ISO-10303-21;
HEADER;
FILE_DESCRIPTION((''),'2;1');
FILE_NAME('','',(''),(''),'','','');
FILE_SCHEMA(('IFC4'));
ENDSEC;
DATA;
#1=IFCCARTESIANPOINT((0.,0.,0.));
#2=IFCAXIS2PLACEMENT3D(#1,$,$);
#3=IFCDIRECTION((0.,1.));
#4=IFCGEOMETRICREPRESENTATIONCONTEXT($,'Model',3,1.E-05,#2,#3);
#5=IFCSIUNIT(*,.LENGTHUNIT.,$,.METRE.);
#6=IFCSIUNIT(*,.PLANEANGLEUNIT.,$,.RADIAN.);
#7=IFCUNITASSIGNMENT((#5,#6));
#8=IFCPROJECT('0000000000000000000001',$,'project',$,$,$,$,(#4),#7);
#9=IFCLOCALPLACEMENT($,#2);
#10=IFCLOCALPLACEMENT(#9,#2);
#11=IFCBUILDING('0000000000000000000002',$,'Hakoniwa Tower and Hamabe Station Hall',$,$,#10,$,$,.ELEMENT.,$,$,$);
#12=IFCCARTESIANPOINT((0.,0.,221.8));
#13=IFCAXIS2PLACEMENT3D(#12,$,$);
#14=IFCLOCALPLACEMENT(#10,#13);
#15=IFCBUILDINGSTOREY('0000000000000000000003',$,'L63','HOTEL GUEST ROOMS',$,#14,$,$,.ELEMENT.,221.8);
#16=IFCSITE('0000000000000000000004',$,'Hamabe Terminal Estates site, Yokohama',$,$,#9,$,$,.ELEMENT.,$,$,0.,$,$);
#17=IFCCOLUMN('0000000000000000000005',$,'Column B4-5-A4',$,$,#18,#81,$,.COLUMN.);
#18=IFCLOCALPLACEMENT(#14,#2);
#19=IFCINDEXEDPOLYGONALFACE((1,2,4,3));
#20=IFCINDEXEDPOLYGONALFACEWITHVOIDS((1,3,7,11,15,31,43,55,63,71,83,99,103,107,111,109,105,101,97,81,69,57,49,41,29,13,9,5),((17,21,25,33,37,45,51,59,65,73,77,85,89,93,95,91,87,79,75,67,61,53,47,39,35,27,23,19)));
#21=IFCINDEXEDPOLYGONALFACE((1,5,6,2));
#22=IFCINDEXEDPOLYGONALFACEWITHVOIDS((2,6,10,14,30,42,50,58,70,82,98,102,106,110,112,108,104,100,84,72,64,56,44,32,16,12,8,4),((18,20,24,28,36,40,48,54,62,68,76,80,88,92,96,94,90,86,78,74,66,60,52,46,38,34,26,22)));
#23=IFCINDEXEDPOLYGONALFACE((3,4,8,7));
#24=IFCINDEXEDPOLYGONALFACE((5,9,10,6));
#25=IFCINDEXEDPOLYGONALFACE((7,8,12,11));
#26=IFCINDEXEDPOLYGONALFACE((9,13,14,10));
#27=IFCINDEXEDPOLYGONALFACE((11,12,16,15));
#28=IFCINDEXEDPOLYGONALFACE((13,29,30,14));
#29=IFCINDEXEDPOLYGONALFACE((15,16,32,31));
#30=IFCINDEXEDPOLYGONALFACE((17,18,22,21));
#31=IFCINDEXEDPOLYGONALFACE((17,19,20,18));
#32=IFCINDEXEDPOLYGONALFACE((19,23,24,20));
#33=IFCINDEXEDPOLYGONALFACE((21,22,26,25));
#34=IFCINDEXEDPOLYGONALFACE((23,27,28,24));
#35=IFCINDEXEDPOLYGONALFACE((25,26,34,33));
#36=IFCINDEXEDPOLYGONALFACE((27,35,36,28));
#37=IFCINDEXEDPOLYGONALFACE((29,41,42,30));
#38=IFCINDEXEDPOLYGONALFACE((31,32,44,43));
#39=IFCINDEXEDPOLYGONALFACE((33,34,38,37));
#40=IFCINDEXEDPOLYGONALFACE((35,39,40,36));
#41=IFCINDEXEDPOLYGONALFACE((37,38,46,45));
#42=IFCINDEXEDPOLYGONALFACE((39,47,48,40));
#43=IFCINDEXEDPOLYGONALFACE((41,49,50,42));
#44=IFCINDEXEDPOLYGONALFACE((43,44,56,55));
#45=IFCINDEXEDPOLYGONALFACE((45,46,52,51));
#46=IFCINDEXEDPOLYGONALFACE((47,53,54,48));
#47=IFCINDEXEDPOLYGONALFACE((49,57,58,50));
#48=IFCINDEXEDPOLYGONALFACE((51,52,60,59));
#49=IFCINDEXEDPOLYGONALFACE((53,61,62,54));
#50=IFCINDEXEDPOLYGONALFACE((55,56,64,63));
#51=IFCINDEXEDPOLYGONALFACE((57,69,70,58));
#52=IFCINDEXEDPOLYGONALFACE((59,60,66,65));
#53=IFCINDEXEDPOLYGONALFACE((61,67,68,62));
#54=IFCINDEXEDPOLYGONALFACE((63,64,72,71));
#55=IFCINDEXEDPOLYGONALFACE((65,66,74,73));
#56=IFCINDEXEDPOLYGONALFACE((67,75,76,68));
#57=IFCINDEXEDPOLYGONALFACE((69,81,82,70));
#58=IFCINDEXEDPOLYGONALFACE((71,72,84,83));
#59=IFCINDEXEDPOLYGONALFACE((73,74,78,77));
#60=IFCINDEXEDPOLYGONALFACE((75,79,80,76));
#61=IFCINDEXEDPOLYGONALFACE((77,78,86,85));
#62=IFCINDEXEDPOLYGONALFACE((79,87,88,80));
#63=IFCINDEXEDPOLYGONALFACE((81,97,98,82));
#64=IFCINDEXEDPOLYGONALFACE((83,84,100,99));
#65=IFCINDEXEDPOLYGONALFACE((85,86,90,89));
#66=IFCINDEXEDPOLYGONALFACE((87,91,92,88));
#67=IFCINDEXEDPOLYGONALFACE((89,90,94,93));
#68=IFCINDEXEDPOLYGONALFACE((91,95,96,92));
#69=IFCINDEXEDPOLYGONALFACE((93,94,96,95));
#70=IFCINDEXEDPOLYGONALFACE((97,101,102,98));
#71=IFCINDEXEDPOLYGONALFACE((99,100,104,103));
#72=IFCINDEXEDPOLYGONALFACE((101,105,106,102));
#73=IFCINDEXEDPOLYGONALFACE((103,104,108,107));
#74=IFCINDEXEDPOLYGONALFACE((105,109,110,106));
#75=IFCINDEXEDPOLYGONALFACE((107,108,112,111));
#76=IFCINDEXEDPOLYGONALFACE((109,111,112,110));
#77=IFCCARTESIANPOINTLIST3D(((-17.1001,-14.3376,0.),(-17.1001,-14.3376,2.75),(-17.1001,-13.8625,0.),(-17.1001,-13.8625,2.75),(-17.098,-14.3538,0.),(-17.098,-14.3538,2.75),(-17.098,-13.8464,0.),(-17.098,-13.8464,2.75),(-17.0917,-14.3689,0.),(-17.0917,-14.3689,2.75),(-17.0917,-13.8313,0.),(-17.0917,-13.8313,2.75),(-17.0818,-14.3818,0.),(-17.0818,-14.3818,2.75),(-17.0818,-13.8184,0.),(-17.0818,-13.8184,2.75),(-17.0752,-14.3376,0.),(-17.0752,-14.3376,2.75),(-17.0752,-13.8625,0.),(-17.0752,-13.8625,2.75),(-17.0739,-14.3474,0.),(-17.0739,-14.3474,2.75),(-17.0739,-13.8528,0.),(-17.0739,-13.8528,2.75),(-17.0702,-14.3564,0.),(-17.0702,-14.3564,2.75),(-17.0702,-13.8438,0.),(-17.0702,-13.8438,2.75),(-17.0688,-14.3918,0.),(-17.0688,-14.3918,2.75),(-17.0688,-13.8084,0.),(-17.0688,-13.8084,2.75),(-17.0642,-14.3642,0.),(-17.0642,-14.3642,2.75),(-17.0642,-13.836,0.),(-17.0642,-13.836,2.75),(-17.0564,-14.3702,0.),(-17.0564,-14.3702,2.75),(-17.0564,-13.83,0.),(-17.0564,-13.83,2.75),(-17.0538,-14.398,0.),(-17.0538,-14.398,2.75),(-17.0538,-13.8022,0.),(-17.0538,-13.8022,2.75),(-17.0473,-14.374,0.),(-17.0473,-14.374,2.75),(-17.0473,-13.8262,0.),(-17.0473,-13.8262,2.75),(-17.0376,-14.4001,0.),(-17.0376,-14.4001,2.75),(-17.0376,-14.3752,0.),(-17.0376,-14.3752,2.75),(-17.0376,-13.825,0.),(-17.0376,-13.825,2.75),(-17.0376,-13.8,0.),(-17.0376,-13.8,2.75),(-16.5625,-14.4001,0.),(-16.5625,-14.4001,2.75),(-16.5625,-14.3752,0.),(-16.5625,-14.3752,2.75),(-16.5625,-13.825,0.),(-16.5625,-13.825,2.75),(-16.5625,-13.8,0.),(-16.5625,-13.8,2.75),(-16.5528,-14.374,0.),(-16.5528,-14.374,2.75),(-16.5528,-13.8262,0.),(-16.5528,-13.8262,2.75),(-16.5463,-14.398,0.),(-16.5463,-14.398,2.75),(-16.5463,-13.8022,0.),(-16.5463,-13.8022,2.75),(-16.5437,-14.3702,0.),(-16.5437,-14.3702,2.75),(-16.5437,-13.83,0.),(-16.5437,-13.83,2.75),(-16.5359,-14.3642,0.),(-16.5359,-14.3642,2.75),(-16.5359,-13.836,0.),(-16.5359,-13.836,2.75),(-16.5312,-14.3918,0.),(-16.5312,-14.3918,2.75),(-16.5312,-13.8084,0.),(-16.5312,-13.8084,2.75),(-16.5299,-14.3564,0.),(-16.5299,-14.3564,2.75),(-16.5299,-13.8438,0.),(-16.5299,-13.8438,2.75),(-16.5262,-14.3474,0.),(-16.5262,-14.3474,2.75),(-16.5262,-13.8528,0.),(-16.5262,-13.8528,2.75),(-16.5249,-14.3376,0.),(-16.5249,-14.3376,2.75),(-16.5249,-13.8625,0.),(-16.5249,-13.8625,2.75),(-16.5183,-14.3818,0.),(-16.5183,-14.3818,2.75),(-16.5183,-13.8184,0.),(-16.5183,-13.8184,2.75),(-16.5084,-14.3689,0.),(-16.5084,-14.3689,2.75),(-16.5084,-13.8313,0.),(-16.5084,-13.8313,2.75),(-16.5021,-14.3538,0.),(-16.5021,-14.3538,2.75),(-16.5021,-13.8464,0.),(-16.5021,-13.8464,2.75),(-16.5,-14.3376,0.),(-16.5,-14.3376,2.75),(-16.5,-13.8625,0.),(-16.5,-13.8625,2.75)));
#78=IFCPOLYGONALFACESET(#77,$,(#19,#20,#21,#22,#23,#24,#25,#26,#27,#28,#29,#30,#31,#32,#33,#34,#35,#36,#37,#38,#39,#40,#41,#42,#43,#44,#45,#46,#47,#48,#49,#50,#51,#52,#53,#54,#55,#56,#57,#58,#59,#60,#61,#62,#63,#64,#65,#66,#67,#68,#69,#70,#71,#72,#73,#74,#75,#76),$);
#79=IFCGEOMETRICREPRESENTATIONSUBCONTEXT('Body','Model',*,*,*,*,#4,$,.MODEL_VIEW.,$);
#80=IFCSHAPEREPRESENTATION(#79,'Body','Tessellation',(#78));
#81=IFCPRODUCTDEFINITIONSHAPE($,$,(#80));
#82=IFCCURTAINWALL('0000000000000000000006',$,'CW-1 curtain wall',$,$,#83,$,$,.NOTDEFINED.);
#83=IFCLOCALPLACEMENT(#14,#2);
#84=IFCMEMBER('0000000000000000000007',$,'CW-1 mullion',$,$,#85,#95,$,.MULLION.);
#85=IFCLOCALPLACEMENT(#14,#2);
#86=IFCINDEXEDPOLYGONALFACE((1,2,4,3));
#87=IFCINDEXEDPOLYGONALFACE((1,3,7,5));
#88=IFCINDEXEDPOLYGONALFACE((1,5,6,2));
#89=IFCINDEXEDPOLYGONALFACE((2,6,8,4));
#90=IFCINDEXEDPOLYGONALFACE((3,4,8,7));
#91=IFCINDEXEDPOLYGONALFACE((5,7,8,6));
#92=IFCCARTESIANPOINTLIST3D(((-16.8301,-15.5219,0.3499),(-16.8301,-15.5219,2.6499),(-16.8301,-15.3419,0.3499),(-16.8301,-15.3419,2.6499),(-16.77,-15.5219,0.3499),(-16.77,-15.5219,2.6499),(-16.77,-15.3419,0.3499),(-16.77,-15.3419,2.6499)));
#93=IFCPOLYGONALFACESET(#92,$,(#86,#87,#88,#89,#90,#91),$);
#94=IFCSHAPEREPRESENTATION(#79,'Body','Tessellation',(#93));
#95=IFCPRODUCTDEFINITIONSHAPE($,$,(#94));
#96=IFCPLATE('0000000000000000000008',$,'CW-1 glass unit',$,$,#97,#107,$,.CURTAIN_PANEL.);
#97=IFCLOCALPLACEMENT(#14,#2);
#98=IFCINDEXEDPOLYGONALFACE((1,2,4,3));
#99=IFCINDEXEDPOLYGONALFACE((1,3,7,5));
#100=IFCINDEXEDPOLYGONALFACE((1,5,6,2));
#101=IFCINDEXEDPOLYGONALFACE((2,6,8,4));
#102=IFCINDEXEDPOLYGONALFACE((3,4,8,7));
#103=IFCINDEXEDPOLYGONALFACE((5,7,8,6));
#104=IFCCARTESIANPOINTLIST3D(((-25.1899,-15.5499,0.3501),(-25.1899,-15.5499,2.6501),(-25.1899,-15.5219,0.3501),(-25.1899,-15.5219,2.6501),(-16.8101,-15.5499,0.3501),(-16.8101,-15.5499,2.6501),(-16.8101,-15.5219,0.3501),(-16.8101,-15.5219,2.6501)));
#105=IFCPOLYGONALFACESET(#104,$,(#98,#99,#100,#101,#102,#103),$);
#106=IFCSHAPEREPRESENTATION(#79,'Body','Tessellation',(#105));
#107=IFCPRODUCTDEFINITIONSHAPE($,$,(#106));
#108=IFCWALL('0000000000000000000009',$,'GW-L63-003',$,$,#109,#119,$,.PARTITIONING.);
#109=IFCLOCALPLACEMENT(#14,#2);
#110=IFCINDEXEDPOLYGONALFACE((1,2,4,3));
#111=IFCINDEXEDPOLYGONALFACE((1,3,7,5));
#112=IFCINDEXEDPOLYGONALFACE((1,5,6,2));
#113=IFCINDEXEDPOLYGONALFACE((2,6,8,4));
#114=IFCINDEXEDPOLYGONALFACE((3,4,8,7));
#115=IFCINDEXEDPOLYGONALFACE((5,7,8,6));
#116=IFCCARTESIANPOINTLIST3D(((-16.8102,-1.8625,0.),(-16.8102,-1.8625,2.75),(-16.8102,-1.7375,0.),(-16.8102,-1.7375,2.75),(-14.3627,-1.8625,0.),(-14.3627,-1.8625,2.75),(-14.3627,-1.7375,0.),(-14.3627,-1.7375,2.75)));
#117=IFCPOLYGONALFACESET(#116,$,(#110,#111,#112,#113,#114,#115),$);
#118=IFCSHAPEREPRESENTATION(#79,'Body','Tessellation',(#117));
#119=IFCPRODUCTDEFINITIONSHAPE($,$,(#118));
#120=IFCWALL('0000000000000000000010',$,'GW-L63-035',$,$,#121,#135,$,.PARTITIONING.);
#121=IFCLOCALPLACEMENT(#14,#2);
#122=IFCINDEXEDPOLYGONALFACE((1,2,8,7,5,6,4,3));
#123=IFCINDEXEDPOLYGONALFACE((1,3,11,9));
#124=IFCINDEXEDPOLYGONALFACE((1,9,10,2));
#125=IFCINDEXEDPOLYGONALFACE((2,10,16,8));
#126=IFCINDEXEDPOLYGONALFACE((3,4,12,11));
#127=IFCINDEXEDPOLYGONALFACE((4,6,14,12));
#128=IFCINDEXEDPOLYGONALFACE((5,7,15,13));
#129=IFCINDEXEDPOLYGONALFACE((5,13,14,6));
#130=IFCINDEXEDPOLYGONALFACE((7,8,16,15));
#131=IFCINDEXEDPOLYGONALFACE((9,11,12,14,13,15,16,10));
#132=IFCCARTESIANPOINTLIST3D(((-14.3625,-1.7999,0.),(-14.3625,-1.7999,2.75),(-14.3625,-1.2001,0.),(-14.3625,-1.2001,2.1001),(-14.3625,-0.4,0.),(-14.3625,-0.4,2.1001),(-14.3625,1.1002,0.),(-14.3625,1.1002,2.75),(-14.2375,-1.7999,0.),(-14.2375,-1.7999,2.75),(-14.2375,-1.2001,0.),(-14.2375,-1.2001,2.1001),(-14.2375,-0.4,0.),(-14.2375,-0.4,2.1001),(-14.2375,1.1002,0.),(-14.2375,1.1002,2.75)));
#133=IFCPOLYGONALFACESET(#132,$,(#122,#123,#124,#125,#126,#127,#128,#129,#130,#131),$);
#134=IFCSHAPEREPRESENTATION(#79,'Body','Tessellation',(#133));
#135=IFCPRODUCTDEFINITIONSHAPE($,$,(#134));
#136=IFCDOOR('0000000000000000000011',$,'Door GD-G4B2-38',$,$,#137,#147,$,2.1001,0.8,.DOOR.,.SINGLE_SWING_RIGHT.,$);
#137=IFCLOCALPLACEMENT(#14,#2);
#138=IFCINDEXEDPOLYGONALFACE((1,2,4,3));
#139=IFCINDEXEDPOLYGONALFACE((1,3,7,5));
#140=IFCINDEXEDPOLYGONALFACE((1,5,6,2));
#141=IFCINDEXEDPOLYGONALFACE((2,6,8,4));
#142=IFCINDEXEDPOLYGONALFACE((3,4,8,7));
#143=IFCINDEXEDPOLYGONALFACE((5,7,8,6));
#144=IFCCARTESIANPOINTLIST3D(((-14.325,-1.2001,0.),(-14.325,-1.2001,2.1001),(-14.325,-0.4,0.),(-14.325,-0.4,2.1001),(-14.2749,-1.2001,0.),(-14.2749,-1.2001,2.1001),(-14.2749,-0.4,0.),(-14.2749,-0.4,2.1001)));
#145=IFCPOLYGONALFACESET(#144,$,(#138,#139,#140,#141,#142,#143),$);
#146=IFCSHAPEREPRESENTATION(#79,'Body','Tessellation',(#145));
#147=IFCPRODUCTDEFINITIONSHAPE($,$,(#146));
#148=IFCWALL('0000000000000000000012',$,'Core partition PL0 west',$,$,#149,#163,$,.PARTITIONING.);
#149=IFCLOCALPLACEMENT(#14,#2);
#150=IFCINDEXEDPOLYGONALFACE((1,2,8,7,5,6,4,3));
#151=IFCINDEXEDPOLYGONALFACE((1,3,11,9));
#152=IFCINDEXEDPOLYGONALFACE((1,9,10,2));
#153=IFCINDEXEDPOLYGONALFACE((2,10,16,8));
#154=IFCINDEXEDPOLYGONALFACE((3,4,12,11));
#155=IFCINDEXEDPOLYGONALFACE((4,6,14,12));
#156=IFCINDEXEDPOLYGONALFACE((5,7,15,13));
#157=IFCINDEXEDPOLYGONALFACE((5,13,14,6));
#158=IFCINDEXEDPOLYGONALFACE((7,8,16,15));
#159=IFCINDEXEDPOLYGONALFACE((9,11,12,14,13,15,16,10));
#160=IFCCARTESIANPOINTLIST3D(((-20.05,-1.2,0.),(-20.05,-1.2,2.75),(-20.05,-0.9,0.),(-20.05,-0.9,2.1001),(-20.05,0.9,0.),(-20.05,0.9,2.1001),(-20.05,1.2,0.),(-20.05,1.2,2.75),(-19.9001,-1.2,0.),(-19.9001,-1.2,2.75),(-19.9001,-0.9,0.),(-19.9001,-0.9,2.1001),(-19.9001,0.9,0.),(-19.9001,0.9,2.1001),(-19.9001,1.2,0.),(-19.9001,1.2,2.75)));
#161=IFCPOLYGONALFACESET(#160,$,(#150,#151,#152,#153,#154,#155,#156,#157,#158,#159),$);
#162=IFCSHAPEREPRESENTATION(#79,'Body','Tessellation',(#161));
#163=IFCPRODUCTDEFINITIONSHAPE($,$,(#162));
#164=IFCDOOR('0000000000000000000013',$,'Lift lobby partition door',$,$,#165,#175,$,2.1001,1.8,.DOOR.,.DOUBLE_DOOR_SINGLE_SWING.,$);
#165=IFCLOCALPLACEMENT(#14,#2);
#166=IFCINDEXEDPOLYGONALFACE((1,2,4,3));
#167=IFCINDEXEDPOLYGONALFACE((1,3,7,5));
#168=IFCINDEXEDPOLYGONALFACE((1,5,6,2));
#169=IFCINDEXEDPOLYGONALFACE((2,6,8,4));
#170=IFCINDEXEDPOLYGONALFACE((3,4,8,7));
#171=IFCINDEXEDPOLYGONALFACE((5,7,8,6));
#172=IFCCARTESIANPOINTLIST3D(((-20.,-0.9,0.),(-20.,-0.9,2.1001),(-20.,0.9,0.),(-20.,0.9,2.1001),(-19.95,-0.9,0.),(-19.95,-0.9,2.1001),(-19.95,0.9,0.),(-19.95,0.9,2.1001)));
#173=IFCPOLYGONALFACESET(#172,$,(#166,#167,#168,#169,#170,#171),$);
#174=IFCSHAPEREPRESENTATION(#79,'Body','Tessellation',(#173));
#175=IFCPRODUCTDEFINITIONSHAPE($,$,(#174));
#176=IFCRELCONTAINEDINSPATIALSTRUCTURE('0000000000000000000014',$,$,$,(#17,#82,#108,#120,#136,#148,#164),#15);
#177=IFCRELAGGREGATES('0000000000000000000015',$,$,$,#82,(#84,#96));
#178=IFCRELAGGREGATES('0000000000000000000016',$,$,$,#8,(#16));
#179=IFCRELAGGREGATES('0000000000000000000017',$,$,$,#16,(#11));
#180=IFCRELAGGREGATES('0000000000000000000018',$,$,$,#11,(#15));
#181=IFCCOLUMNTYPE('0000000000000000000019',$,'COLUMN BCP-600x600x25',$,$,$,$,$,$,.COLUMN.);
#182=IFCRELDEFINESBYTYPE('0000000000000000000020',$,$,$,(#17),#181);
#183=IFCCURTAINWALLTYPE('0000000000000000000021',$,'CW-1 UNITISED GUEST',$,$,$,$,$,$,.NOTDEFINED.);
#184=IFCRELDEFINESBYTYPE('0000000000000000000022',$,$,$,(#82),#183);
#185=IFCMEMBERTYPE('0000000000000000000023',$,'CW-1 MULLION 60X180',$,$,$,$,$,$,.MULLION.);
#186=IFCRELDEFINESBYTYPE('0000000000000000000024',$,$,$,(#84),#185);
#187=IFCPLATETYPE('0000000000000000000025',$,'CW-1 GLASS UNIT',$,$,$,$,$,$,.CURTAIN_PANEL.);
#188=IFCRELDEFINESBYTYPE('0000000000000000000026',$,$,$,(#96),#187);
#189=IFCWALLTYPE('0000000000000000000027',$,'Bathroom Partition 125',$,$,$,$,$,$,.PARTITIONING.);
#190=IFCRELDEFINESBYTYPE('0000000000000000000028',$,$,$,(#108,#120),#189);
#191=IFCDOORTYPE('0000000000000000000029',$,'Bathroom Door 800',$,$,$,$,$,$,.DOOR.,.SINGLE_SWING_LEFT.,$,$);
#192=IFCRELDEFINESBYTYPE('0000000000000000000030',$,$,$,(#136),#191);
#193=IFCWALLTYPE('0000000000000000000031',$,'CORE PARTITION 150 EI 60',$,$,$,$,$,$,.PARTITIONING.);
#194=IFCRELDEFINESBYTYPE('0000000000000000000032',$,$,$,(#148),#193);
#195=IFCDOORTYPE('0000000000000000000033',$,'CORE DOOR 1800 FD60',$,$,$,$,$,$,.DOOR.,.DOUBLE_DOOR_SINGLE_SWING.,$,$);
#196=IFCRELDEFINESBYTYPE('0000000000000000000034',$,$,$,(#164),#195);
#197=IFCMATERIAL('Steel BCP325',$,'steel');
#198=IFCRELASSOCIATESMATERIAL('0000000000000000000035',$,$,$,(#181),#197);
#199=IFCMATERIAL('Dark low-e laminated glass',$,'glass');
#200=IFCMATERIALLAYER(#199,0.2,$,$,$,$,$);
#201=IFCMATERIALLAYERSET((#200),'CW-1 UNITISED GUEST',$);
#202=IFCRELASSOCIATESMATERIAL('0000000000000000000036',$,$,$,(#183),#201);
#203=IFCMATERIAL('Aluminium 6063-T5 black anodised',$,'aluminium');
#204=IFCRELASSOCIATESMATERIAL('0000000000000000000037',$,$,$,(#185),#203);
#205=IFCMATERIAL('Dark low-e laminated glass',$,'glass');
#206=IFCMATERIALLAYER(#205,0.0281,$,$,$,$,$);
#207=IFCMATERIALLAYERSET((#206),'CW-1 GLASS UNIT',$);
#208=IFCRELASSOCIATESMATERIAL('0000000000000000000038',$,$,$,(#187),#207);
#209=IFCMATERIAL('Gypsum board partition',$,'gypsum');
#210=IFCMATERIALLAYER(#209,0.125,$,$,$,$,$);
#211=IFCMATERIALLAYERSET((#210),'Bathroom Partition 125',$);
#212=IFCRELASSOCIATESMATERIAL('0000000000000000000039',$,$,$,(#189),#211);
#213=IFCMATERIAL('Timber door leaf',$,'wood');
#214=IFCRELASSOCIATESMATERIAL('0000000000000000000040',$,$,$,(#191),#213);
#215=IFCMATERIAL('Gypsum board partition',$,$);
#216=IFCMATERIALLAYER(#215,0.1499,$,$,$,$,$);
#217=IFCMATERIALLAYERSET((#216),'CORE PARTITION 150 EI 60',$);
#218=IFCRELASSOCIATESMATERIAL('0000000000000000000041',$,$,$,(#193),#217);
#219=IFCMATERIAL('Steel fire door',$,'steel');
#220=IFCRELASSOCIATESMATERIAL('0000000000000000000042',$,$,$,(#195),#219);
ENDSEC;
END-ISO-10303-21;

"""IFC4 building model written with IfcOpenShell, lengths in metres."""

from ifc_helpers import new_model, si_unit, direction, frame, frame_2d, origin, origin_2d, place, context, subcontext, project, spatial, rectangle, hollow_rectangle, extrude, material, layer, layer_set, material_profile, profile_set, type_object, element, fill, aggregate, save


model = new_model("IFC4")

# Units and contexts
model_context = context("Model", 3, precision=1e-05, world=origin(), true_north=direction((0.0, 1.0)))
body_context = subcontext(model_context, "Body", "Model", "MODEL_VIEW")
ifc_project = project(units=[si_unit("LENGTHUNIT", "METRE"), si_unit("PLANEANGLEUNIT", "RADIAN")], contexts=[model_context])

# Site, building, storey
site_placement = place(None, origin())
site = spatial("IfcSite", under=ifc_project, at=site_placement, Name="Hamabe Terminal Estates site, Yokohama", CompositionType="ELEMENT", RefElevation=0.0)
building_placement = place(site_placement, origin())
building = spatial("IfcBuilding", under=site, at=building_placement, Name="Hakoniwa Tower and Hamabe Station Hall", CompositionType="ELEMENT")
storey_placement = place(building_placement, frame((0.0, 0.0, 221.8)))
storey = spatial("IfcBuildingStorey", under=building, at=storey_placement, Name="L63", Description="HOTEL GUEST ROOMS", CompositionType="ELEMENT", Elevation=221.8)

# Column
ifc_material_1 = material(Name="Steel BCP325", Category="steel")
ifc_material_profile_1 = material_profile(ifc_material_1, hollow_rectangle(XDim=0.6001, YDim=0.6001, WallThickness=0.0249, InnerFilletRadius=0.0376, OuterFilletRadius=0.0625, at=origin_2d()), Name="BCP-600x600x25")
ifc_profile_set_1 = profile_set([ifc_material_profile_1], Name="Steel BCP325")
column_type = type_object("IfcColumnType", Name="COLUMN BCP-600x600x25", PredefinedType="COLUMN", material=ifc_profile_set_1)
column_placement = place(storey_placement, frame((-16.8, -14.1001, 0.0), z_axis=(0.0, 0.0, 1.0), x_axis=(1.0, 0.0, 0.0)))
element("IfcColumn", 1, at=column_placement, inside=storey, type_object=column_type, Name="Column B4-5-A4", PredefinedType="COLUMN", context=body_context, shape_type="SweptSolid", body=[
    extrude(hollow_rectangle(XDim=0.6001, YDim=0.6001, WallThickness=0.0249, InnerFilletRadius=0.0376, OuterFilletRadius=0.0625, at=origin_2d()), origin(), (0.0, 0.0, 1.0), 2.75),
])

# Curtain wall, member, plate
ifc_material_2 = material(Name="Dark low-e laminated glass", Category="glass")
ifc_layer_1 = layer(ifc_material_2, 0.2)
ifc_layer_set_1 = layer_set([ifc_layer_1], Name="CW-1 UNITISED GUEST")
curtain_wall_type = type_object("IfcCurtainWallType", Name="CW-1 UNITISED GUEST", PredefinedType="NOTDEFINED", material=ifc_layer_set_1)
curtain_wall_placement = place(storey_placement, origin())
curtain_wall = element("IfcCurtainWall", 2, at=curtain_wall_placement, inside=storey, type_object=curtain_wall_type, Name="CW-1 curtain wall", PredefinedType="NOTDEFINED")
ifc_material_3 = material(Name="Aluminium 6063-T5 black anodised", Category="aluminium")
ifc_material_profile_2 = material_profile(ifc_material_3, rectangle(XDim=0.0601, YDim=0.1799, at=origin_2d()), Name="CW-1 MULLION 60X180")
ifc_profile_set_2 = profile_set([ifc_material_profile_2], Name="Aluminium 6063-T5 black anodised")
member_type = type_object("IfcMemberType", Name="CW-1 MULLION 60X180", PredefinedType="MULLION", material=ifc_profile_set_2)
member_placement = place(storey_placement, frame((-16.8, -15.4319, 0.3499), z_axis=(0.0, 0.0, 1.0), x_axis=(1.0, 0.0, 0.0)))
member = element("IfcMember", 3, at=member_placement, type_object=member_type, Name="CW-1 mullion", PredefinedType="MULLION", context=body_context, shape_type="SweptSolid", body=[
    extrude(rectangle(XDim=0.0601, YDim=0.1799, at=origin_2d()), origin(), (0.0, 0.0, 1.0), 2.3),
])
ifc_material_4 = material(Name="Dark low-e laminated glass", Category="glass")
ifc_layer_2 = layer(ifc_material_4, 0.0281)
ifc_layer_set_2 = layer_set([ifc_layer_2], Name="CW-1 GLASS UNIT")
plate_type = type_object("IfcPlateType", Name="CW-1 GLASS UNIT", PredefinedType="CURTAIN_PANEL", material=ifc_layer_set_2)
plate_placement = place(storey_placement, frame((-21.0, -15.5359, 0.3501), z_axis=(0.0, 0.0, 1.0), x_axis=(1.0, 0.0, 0.0)))
plate = element("IfcPlate", 4, at=plate_placement, type_object=plate_type, Name="CW-1 glass unit", PredefinedType="CURTAIN_PANEL", context=body_context, shape_type="SweptSolid", body=[
    extrude(rectangle(XDim=8.3799, YDim=0.0281, at=origin_2d()), origin(), (0.0, 0.0, 1.0), 2.3),
])
aggregate(curtain_wall, [member, plate])

# Wall
ifc_material_5 = material(Name="Gypsum board partition", Category="gypsum")
ifc_layer_3 = layer(ifc_material_5, 0.125)
ifc_layer_set_3 = layer_set([ifc_layer_3], Name="Bathroom Partition 125")
wall_type_1 = type_object("IfcWallType", Name="Bathroom Partition 125", PredefinedType="PARTITIONING", material=ifc_layer_set_3)
wall_1_placement = place(storey_placement, frame((-16.8101, -1.8, 0.0), z_axis=(0.0, 0.0, 1.0), x_axis=(1.0, 0.0, 0.0)))
element("IfcWall", 5, at=wall_1_placement, inside=storey, type_object=wall_type_1, Name="GW-L63-003", PredefinedType="PARTITIONING", context=body_context, shape_type="SweptSolid", body=[
    extrude(rectangle(XDim=2.4475, YDim=0.125, at=frame_2d((1.2236, 0.0))), origin(), (0.0, 0.0, 1.0), 2.75),
])

# Walls, openings, doors
wall_2_placement = place(storey_placement, frame((-14.3, -1.8, 0.0), z_axis=(0.0, 0.0, 1.0), x_axis=(0.0, 1.0, 0.0)))
wall_2 = element("IfcWall", 6, at=wall_2_placement, inside=storey, type_object=wall_type_1, Name="GW-L63-035", PredefinedType="PARTITIONING", context=body_context, shape_type="SweptSolid", body=[
    extrude(rectangle(XDim=2.9001, YDim=0.125, at=frame_2d((1.4502, 0.0))), origin(), (0.0, 0.0, 1.0), 2.75),
])
opening_1_placement = place(wall_2_placement, frame((0.6001, 0.0, 0.0)))
opening_1 = element("IfcOpeningElement", 7, at=opening_1_placement, cuts=wall_2, PredefinedType="OPENING", context=body_context, shape_type="SweptSolid", body=[
    extrude(rectangle(XDim=0.8, YDim=2.1001, at=frame_2d((0.3999, 1.05))), frame((0.0, 0.0725, 0.0), z_axis=(0.0, -1.0, 0.0), x_axis=(1.0, 0.0, 0.0)), (0.0, 0.0, 1.0), 0.145),
])
ifc_material_6 = material(Name="Timber door leaf", Category="wood")
door_type_1 = type_object("IfcDoorType", Name="Bathroom Door 800", OperationType="SINGLE_SWING_LEFT", PredefinedType="DOOR", material=ifc_material_6)
door_1_placement = place(opening_1_placement, origin())
door_1 = element("IfcDoor", 8, at=door_1_placement, inside=storey, type_object=door_type_1, Name="Door GD-G4B2-38", OperationType="SINGLE_SWING_RIGHT", OverallHeight=2.1001, OverallWidth=0.8, PredefinedType="DOOR", context=body_context, shape_type="SweptSolid", body=[
    extrude(rectangle(XDim=0.8, YDim=2.1001, at=frame_2d((0.3999, 1.05))), frame((0.0, 0.0249, 0.0), z_axis=(0.0, -1.0, 0.0), x_axis=(1.0, 0.0, 0.0)), (0.0, 0.0, 1.0), 0.05),
])
fill(opening_1, door_1)
ifc_material_7 = material(Name="Gypsum board partition")
ifc_layer_4 = layer(ifc_material_7, 0.1499)
ifc_layer_set_4 = layer_set([ifc_layer_4], Name="CORE PARTITION 150 EI 60")
wall_type_2 = type_object("IfcWallType", Name="CORE PARTITION 150 EI 60", PredefinedType="PARTITIONING", material=ifc_layer_set_4)
wall_3_placement = place(storey_placement, frame((-19.9751, -1.2, 0.0), z_axis=(0.0, 0.0, 1.0), x_axis=(0.0, 1.0, 0.0)))
wall_3 = element("IfcWall", 9, at=wall_3_placement, inside=storey, type_object=wall_type_2, Name="Core partition PL0 west", PredefinedType="PARTITIONING", context=body_context, shape_type="SweptSolid", body=[
    extrude(rectangle(XDim=2.3999, YDim=0.1499, at=frame_2d((1.2, 0.0))), origin(), (0.0, 0.0, 1.0), 2.75),
])
opening_2_placement = place(wall_3_placement, frame((0.3, 0.0, 0.0)))
opening_2 = element("IfcOpeningElement", 10, at=opening_2_placement, cuts=wall_3, PredefinedType="OPENING", context=body_context, shape_type="SweptSolid", body=[
    extrude(rectangle(XDim=1.8, YDim=2.1001, at=frame_2d((0.8999, 1.05))), frame((0.0, 0.085, 0.0), z_axis=(0.0, -1.0, 0.0), x_axis=(1.0, 0.0, 0.0)), (0.0, 0.0, 1.0), 0.1699),
])
ifc_material_8 = material(Name="Steel fire door", Category="steel")
door_type_2 = type_object("IfcDoorType", Name="CORE DOOR 1800 FD60", OperationType="DOUBLE_DOOR_SINGLE_SWING", PredefinedType="DOOR", material=ifc_material_8)
door_2_placement = place(opening_2_placement, origin())
door_2 = element("IfcDoor", 11, at=door_2_placement, inside=storey, type_object=door_type_2, Name="Lift lobby partition door", OperationType="DOUBLE_DOOR_SINGLE_SWING", OverallHeight=2.1001, OverallWidth=1.8, PredefinedType="DOOR", context=body_context, shape_type="SweptSolid", body=[
    extrude(rectangle(XDim=1.8, YDim=2.1001, at=frame_2d((0.8999, 1.05))), frame((0.0, 0.0249, 0.0), z_axis=(0.0, -1.0, 0.0), x_axis=(1.0, 0.0, 0.0)), (0.0, 0.0, 1.0), 0.05),
])
fill(opening_2, door_2)

save(model, "model.ifc")
